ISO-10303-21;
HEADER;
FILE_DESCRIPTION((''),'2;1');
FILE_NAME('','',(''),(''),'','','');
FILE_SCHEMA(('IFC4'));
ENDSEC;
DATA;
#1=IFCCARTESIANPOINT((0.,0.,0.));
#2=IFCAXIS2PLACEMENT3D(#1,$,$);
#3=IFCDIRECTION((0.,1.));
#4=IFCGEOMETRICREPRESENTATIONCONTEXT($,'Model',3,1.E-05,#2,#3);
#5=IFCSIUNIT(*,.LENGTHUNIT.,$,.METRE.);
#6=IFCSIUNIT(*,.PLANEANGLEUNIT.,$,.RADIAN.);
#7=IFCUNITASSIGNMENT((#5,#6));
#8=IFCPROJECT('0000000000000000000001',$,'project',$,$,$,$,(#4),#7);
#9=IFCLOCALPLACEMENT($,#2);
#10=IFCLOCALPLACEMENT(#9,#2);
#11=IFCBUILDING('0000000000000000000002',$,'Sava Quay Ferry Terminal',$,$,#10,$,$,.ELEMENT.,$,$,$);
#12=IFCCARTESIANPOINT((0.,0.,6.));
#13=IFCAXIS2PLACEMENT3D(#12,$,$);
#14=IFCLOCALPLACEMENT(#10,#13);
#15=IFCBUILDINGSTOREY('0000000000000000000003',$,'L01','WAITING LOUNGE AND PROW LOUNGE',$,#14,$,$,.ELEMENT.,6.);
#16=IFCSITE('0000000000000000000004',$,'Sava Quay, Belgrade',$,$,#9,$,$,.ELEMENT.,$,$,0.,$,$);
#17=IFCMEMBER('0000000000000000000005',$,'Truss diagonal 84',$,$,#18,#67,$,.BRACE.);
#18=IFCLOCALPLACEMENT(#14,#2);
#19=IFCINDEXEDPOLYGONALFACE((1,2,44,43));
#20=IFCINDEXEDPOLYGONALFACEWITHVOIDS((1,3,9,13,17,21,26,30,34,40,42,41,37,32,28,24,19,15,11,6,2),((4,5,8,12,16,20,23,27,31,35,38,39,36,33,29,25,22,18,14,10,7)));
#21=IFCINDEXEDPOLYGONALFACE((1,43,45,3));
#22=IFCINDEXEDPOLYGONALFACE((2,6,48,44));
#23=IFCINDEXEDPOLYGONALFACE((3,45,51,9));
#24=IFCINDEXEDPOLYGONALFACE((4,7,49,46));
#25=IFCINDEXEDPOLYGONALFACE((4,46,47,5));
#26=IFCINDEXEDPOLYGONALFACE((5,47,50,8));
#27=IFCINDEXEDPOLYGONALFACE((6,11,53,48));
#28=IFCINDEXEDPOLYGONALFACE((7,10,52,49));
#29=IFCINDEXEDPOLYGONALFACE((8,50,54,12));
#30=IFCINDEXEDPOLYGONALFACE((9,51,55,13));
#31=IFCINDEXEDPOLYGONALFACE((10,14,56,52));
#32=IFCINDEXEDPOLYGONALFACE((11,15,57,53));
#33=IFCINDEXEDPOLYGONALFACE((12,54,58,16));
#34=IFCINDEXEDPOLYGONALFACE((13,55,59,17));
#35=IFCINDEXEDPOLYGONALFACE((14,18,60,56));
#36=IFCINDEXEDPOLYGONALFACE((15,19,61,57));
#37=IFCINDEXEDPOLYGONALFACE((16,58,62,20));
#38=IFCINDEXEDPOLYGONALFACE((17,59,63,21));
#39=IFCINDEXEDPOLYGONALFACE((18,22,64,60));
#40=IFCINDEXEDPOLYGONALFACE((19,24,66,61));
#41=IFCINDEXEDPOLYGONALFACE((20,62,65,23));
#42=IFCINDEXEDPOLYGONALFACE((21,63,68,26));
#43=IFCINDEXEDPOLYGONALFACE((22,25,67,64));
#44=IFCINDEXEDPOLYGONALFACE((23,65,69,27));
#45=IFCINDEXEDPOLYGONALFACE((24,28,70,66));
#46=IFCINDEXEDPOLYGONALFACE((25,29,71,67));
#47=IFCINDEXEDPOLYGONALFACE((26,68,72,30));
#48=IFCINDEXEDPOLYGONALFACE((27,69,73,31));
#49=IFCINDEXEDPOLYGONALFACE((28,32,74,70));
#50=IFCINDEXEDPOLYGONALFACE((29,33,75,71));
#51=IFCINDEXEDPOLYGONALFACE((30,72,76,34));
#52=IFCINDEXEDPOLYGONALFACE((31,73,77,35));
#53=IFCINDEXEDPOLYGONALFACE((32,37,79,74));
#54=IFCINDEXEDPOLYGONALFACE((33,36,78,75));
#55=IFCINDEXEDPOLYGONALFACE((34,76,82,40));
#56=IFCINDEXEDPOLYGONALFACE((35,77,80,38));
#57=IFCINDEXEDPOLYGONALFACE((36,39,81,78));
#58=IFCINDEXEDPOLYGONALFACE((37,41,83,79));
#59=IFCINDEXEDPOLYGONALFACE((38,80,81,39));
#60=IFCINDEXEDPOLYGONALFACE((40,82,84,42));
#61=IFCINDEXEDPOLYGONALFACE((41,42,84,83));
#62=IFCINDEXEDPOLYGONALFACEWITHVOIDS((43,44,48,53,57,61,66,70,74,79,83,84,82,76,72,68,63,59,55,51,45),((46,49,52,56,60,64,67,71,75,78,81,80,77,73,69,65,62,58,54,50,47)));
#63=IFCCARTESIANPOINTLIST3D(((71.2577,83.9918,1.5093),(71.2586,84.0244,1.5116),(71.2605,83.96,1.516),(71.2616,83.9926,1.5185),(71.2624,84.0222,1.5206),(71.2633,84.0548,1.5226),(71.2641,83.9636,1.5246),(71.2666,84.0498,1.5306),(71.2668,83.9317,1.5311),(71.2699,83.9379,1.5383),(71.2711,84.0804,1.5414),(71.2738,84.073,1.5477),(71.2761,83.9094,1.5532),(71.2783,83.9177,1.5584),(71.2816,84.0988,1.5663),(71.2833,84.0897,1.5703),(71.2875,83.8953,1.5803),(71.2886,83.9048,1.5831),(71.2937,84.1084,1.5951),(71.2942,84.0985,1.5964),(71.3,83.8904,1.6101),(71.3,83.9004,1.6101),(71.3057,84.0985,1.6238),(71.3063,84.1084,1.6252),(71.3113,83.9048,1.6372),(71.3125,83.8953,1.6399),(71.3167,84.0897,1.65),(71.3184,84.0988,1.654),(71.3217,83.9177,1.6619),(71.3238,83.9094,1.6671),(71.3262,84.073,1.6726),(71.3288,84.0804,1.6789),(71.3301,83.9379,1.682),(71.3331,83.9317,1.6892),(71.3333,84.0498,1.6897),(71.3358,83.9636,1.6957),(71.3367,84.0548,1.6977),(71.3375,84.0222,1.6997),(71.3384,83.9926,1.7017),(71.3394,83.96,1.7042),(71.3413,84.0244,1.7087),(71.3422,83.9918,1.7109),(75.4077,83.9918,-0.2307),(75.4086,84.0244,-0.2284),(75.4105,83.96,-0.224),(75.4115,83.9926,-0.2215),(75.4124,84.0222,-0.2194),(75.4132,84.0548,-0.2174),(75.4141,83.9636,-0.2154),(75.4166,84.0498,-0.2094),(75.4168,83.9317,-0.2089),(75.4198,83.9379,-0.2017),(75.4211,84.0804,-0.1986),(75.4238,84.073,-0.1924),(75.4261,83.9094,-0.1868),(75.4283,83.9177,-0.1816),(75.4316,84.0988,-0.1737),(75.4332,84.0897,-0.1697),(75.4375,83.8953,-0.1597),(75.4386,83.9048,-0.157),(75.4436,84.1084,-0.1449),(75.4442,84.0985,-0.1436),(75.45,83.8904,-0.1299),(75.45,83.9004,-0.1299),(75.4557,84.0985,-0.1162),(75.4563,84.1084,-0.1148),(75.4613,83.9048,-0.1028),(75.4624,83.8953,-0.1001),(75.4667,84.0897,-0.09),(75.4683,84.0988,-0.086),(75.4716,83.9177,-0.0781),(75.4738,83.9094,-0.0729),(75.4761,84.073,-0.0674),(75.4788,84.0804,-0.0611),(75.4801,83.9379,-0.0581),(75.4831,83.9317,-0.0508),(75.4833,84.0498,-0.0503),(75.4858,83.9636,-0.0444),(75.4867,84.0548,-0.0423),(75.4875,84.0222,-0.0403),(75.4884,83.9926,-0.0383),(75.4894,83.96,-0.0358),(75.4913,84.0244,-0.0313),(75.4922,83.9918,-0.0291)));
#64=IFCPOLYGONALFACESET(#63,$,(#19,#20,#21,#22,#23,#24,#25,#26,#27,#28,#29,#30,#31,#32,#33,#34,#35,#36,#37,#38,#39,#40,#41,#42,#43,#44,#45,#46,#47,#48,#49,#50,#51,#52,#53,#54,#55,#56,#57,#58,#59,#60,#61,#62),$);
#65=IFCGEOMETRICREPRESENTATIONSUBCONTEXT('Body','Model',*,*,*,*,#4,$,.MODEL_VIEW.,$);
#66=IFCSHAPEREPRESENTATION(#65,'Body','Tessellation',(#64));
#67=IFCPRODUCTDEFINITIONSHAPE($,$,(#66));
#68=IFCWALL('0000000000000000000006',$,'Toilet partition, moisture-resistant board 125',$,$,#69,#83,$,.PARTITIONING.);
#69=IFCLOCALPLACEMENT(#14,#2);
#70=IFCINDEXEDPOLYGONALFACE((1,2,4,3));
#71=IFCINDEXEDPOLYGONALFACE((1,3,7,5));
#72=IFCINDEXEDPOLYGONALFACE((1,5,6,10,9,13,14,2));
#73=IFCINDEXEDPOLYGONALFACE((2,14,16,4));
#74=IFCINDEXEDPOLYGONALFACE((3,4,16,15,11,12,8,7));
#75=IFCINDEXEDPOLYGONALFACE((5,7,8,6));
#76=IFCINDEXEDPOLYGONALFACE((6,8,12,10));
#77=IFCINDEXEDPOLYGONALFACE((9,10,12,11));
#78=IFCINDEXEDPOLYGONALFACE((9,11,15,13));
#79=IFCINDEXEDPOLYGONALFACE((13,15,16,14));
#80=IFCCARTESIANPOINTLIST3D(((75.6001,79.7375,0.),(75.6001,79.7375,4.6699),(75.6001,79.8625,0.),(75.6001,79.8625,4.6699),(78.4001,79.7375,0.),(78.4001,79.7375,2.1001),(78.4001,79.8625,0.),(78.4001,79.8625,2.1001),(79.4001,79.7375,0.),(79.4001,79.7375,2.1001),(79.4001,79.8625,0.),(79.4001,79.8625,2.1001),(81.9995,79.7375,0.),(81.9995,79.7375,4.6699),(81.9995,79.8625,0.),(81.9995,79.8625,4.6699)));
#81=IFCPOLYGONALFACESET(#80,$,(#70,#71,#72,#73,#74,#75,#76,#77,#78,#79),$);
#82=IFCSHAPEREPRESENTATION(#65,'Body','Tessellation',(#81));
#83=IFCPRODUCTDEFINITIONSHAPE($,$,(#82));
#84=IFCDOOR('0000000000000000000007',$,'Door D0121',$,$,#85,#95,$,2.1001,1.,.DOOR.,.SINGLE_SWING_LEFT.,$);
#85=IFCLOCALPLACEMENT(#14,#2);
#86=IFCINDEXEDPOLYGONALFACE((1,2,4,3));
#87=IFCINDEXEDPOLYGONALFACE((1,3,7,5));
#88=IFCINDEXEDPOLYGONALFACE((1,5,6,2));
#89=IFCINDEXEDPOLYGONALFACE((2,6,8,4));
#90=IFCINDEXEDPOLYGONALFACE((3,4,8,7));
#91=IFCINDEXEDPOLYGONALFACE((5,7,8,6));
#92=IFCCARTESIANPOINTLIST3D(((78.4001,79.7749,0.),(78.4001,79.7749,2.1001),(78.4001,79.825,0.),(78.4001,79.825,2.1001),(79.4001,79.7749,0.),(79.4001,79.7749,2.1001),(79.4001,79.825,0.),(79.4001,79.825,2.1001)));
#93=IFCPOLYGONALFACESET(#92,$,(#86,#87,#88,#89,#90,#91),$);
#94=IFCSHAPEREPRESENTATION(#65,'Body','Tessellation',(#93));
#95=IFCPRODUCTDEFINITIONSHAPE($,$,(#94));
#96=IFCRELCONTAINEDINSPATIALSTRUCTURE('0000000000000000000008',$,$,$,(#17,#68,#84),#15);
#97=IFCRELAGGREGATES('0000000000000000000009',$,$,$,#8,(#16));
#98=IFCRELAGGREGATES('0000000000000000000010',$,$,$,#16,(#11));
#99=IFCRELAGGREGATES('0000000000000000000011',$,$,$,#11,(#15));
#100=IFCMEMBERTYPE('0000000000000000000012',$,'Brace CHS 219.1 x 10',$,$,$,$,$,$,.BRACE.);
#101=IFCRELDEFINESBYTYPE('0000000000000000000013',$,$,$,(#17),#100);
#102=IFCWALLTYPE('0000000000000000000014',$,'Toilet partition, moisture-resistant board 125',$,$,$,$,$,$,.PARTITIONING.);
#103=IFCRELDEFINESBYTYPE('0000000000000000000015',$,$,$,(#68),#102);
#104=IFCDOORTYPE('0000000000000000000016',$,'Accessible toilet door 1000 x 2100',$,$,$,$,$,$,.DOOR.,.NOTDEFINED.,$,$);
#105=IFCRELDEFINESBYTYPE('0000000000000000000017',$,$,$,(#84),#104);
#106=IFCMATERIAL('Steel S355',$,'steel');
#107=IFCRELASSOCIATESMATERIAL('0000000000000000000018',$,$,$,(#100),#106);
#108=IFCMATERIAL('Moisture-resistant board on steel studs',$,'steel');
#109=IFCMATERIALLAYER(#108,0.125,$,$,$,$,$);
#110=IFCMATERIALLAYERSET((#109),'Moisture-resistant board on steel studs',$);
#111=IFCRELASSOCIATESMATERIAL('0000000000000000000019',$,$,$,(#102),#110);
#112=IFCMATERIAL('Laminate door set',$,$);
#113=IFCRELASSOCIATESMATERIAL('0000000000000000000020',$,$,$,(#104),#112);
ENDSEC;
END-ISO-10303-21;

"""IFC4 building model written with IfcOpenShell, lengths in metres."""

from ifc_helpers import new_model, si_unit, direction, frame, frame_2d, origin, origin_2d, place, context, subcontext, project, spatial, rectangle, hollow_circle, extrude, material, layer, layer_set, material_profile, profile_set, type_object, element, fill, save


model = new_model("IFC4")

# Units and contexts
model_context = context("Model", 3, precision=1e-05, world=origin(), true_north=direction((0.0, 1.0)))
body_context = subcontext(model_context, "Body", "Model", "MODEL_VIEW")
ifc_project = project(units=[si_unit("LENGTHUNIT", "METRE"), si_unit("PLANEANGLEUNIT", "RADIAN")], contexts=[model_context])

# Site, building, storey
site_placement = place(None, origin())
site = spatial("IfcSite", under=ifc_project, at=site_placement, Name="Sava Quay, Belgrade", CompositionType="ELEMENT", RefElevation=0.0)
building_placement = place(site_placement, origin())
building = spatial("IfcBuilding", under=site, at=building_placement, Name="Sava Quay Ferry Terminal", CompositionType="ELEMENT")
storey_placement = place(building_placement, frame((0.0, 0.0, 6.0)))
storey = spatial("IfcBuildingStorey", under=building, at=storey_placement, Name="L01", Description="WAITING LOUNGE AND PROW LOUNGE", CompositionType="ELEMENT", Elevation=6.0)

# Member
ifc_material_1 = material(Name="Steel S355", Category="steel")
ifc_material_profile_1 = material_profile(ifc_material_1, hollow_circle(Radius=0.1096, WallThickness=0.01, at=origin_2d()), Name="CHS 219.1 x 10")
ifc_profile_set_1 = profile_set([ifc_material_profile_1], Name="Steel S355")
member_type_1 = type_object("IfcMemberType", Name="Brace CHS 219.1 x 10", PredefinedType="BRACE", material=ifc_profile_set_1)
member_1_placement = place(storey_placement, frame((75.45, 84.0, -0.1299), z_axis=(-0.922217, 0.0, 0.386672), x_axis=(0.0, -1.0, 0.0)))
element("IfcMember", 1, at=member_1_placement, inside=storey, type_object=member_type_1, Name="Truss diagonal 84", PredefinedType="BRACE", context=body_context, shape_type="SweptSolid", body=[
    extrude(hollow_circle(Radius=0.1096, WallThickness=0.01, at=origin_2d()), origin(), (0.0, 0.0, 1.0), 4.5),
])

# Wall, opening, door
ifc_material_2 = material(Name="Moisture-resistant board on steel studs", Category="steel")
ifc_layer = layer(ifc_material_2, 0.125)
ifc_layer_set = layer_set([ifc_layer], Name="Moisture-resistant board on steel studs")
wall_type = type_object("IfcWallType", Name="Toilet partition, moisture-resistant board 125", PredefinedType="PARTITIONING", material=ifc_layer_set)
wall_placement = place(storey_placement, frame((75.6001, 79.8, 0.0), z_axis=(0.0, 0.0, 1.0), x_axis=(1.0, 0.0, 0.0)))
wall = element("IfcWall", 2, at=wall_placement, inside=storey, type_object=wall_type, Name="Toilet partition, moisture-resistant board 125", PredefinedType="PARTITIONING", context=body_context, shape_type="SweptSolid", body=[
    extrude(rectangle(XDim=6.3994, YDim=0.125, at=frame_2d((3.1997, 0.0))), origin(), (0.0, 0.0, 1.0), 4.6699),
])
opening_placement = place(wall_placement, frame((2.8, 0.0, 0.0)))
opening = element("IfcOpeningElement", 3, at=opening_placement, cuts=wall, PredefinedType="OPENING", context=body_context, shape_type="SweptSolid", body=[
    extrude(rectangle(XDim=1.0, YDim=2.1001, at=frame_2d((0.5, 1.05))), frame((0.0, 0.0625, 0.0), z_axis=(0.0, -1.0, 0.0), x_axis=(1.0, 0.0, 0.0)), (0.0, 0.0, 1.0), 0.125),
])
ifc_material_3 = material(Name="Laminate door set")
door_type = type_object("IfcDoorType", Name="Accessible toilet door 1000 x 2100", OperationType="NOTDEFINED", PredefinedType="DOOR", material=ifc_material_3)
door_placement = place(opening_placement, origin())
door = element("IfcDoor", 4, at=door_placement, inside=storey, type_object=door_type, Name="Door D0121", OperationType="SINGLE_SWING_LEFT", OverallHeight=2.1001, OverallWidth=1.0, PredefinedType="DOOR", context=body_context, shape_type="SweptSolid", body=[
    extrude(rectangle(XDim=1.0, YDim=2.1001, at=frame_2d((0.5, 1.05))), frame((0.0, 0.0249, 0.0), z_axis=(0.0, -1.0, 0.0), x_axis=(1.0, 0.0, 0.0)), (0.0, 0.0, 1.0), 0.05),
])
fill(opening, door)

save(model, "model.ifc")
